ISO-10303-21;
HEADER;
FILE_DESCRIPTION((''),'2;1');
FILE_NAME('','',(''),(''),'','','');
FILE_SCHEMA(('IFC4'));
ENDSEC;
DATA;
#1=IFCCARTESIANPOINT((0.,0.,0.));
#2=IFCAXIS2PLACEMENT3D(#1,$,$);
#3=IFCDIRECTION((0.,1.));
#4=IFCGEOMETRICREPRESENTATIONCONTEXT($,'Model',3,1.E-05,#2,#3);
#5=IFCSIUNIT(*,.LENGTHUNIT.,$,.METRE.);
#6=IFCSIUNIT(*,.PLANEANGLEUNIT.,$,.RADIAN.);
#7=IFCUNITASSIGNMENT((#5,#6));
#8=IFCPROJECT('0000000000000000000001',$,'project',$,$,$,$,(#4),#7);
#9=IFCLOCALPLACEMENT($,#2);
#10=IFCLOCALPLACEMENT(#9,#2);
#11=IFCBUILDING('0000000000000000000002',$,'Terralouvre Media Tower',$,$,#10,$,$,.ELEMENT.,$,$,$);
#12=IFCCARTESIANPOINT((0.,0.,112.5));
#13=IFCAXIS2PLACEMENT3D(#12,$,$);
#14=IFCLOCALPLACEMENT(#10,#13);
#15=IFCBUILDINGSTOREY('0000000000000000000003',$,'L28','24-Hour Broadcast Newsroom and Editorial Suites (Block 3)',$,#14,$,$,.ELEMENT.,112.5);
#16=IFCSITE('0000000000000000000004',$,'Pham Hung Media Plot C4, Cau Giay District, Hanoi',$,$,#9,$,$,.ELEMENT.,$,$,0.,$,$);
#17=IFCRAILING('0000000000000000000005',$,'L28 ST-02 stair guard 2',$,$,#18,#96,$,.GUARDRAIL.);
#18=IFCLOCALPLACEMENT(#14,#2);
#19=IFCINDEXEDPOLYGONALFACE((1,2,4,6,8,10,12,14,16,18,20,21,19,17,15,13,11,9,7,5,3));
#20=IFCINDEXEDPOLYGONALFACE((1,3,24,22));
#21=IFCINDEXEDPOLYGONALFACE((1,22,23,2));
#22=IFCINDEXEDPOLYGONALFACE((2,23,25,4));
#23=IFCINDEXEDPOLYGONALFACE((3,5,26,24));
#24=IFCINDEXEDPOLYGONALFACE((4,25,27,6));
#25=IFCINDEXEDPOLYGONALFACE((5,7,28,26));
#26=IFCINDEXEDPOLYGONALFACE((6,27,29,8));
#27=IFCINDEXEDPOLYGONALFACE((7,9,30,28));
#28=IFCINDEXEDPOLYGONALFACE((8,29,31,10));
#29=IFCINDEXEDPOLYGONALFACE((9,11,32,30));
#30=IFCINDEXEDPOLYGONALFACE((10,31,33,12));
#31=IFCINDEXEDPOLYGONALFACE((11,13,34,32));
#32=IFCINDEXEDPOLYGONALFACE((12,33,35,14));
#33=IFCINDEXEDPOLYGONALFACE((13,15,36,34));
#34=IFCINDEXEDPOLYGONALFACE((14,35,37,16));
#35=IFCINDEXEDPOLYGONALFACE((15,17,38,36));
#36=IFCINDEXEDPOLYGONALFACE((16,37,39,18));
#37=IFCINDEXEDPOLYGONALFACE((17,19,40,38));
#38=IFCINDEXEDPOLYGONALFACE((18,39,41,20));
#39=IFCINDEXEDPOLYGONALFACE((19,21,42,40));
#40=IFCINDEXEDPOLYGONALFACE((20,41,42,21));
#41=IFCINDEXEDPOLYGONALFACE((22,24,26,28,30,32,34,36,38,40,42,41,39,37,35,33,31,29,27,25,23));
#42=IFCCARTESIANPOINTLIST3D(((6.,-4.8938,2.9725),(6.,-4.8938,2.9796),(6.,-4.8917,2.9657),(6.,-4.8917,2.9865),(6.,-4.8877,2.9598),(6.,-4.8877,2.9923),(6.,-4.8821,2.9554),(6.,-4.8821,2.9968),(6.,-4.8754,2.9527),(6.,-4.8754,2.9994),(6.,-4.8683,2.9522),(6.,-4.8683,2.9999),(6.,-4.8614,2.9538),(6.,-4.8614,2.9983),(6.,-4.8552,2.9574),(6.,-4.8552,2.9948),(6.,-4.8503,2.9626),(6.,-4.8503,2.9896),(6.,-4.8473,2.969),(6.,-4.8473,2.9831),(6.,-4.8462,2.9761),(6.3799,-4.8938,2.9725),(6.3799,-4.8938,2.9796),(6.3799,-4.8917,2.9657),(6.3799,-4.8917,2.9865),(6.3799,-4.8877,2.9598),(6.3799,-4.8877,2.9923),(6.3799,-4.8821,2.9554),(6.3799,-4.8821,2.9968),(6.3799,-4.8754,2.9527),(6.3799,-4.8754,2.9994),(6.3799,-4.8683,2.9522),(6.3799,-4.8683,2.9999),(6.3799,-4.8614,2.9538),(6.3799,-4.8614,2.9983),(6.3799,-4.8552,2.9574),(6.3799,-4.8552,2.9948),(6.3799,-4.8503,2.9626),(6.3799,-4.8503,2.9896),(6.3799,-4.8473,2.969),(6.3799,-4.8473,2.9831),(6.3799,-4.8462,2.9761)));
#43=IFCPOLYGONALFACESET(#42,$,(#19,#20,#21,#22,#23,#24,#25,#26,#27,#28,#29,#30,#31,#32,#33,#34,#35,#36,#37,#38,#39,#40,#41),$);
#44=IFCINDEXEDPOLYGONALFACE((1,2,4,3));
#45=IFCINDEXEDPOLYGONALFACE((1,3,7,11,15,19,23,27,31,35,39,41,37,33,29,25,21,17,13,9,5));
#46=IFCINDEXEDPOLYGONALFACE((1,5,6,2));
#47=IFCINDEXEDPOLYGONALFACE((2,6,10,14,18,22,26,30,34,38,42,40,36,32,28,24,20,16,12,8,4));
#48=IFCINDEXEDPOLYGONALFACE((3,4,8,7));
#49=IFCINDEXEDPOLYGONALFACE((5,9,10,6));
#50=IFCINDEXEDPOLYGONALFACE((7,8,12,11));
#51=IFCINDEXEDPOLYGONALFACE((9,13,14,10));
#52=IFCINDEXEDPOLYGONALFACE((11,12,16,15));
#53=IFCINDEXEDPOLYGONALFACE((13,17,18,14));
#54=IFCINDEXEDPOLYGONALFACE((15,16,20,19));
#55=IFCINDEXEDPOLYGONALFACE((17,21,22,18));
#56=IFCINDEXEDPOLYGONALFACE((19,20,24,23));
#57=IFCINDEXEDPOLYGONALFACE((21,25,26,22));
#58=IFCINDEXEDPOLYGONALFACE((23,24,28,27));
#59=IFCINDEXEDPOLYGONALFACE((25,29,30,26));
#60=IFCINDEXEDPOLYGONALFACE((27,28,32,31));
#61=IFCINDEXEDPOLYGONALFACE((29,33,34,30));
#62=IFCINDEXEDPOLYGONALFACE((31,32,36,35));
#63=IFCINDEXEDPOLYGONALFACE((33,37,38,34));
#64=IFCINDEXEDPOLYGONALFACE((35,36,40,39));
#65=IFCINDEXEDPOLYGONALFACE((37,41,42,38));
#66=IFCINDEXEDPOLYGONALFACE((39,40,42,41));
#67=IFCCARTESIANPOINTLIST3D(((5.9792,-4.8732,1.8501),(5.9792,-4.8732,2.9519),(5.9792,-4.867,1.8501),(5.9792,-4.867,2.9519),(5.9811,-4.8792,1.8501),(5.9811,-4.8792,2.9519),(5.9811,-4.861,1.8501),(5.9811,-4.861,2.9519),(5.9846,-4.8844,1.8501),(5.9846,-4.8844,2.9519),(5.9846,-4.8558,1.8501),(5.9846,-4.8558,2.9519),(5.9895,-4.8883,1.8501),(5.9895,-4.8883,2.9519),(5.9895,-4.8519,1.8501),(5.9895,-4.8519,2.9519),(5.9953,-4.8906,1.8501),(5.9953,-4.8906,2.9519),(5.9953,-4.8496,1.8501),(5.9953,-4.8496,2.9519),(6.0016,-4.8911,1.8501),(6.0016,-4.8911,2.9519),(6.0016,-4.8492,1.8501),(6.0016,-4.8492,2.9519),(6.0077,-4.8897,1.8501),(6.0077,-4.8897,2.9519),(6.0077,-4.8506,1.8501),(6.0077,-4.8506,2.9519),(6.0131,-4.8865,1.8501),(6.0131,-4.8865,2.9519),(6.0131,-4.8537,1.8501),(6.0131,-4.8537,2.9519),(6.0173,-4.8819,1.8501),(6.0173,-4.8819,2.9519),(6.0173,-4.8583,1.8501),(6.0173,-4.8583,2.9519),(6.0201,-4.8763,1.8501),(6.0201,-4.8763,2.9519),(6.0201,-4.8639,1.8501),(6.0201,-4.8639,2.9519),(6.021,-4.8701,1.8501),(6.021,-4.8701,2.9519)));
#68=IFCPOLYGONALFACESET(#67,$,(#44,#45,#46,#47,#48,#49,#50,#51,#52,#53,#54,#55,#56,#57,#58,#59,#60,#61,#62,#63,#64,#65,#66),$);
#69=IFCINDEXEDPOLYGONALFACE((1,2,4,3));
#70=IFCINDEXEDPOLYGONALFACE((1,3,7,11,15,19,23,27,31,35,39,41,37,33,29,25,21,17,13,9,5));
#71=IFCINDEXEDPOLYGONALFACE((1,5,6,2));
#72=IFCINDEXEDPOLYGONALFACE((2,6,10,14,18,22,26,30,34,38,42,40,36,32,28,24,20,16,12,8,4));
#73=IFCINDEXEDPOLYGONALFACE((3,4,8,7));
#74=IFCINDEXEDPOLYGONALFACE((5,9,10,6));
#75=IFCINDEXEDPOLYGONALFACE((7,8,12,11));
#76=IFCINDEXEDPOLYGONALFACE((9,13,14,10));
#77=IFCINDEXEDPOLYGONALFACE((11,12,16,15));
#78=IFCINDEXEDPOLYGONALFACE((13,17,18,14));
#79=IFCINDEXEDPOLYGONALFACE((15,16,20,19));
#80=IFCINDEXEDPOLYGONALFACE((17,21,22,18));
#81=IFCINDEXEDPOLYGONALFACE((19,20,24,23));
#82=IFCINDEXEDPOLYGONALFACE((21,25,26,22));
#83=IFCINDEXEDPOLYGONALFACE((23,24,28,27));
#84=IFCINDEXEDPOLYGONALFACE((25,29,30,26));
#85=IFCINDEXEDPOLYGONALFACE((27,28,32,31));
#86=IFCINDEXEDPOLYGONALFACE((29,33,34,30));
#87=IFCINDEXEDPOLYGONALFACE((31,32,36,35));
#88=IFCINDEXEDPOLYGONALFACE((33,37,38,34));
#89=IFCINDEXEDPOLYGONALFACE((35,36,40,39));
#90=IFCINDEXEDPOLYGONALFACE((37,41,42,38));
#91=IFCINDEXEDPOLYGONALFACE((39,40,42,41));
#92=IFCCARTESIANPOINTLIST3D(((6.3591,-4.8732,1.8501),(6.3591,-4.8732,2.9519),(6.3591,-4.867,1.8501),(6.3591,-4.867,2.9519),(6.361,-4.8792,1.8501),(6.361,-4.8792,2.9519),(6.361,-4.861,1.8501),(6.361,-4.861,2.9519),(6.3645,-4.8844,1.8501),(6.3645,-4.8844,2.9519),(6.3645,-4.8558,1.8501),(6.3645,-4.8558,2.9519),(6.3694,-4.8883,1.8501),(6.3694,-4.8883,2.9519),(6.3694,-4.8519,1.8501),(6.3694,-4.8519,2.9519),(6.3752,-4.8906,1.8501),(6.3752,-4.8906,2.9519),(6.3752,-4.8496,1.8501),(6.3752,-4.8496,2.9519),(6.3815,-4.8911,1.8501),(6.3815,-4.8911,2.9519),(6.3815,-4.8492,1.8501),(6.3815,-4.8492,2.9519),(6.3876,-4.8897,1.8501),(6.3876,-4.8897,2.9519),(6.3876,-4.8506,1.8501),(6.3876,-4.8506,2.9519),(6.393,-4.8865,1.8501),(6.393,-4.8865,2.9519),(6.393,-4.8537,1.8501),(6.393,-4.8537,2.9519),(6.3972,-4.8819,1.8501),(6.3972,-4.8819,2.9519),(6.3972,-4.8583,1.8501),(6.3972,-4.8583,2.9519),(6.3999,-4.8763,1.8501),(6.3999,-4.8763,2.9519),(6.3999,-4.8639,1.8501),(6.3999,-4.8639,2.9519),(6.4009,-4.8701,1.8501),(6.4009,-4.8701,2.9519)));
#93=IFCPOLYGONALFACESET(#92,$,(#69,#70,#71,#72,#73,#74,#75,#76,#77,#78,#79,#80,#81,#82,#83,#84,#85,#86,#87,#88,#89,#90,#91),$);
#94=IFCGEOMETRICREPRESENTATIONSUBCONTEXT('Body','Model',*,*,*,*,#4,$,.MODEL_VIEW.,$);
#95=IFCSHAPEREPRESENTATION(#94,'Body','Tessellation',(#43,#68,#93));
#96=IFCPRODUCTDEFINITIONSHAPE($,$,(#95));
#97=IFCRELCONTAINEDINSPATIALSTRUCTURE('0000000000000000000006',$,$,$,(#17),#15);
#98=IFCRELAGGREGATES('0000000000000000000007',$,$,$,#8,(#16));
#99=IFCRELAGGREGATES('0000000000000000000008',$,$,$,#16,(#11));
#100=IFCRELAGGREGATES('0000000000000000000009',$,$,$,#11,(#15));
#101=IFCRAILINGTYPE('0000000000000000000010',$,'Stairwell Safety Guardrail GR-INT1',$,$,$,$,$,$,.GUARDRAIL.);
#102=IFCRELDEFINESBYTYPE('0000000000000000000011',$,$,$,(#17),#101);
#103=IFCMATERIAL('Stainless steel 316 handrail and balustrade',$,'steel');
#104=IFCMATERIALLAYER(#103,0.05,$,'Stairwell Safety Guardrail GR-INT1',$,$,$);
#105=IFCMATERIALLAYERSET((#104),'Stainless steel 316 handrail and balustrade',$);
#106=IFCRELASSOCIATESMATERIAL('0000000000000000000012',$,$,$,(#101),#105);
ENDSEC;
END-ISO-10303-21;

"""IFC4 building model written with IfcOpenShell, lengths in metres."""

from ifc_helpers import new_model, si_unit, direction, frame, origin, origin_2d, place, context, subcontext, project, spatial, circle, extrude, material, layer, layer_set, type_object, element, save


model = new_model("IFC4")

# Units and contexts
model_context = context("Model", 3, precision=1e-05, world=origin(), true_north=direction((0.0, 1.0)))
body_context = subcontext(model_context, "Body", "Model", "MODEL_VIEW")
ifc_project = project(units=[si_unit("LENGTHUNIT", "METRE"), si_unit("PLANEANGLEUNIT", "RADIAN")], contexts=[model_context])

# Site, building, storey
site_placement = place(None, origin())
site = spatial("IfcSite", under=ifc_project, at=site_placement, Name="Pham Hung Media Plot C4, Cau Giay District, Hanoi", CompositionType="ELEMENT", RefElevation=0.0)
building_placement = place(site_placement, origin())
building = spatial("IfcBuilding", under=site, at=building_placement, Name="Terralouvre Media Tower", CompositionType="ELEMENT")
storey_placement = place(building_placement, frame((0.0, 0.0, 112.5)))
storey = spatial("IfcBuildingStorey", under=building, at=storey_placement, Name="L28", Description="24-Hour Broadcast Newsroom and Editorial Suites (Block 3)", CompositionType="ELEMENT", Elevation=112.5)

# Railing
ifc_material_1 = material(Name="Stainless steel 316 handrail and balustrade", Category="steel")
ifc_layer_1 = layer(ifc_material_1, 0.05, Name="Stairwell Safety Guardrail GR-INT1")
ifc_layer_set_1 = layer_set([ifc_layer_1], Name="Stainless steel 316 handrail and balustrade")
railing_type_1 = type_object("IfcRailingType", Name="Stairwell Safety Guardrail GR-INT1", PredefinedType="GUARDRAIL", material=ifc_layer_set_1)
railing_1_placement = place(storey_placement, frame((6.0, -4.8701, 1.8501)))
element("IfcRailing", 1, at=railing_1_placement, inside=storey, type_object=railing_type_1, Name="L28 ST-02 stair guard 2", PredefinedType="GUARDRAIL", context=body_context, shape_type="SweptSolid", body=[
    extrude(circle(Radius=0.0239, at=origin_2d()), frame((0.0, 0.0, 1.126), z_axis=(1.0, 0.0, 0.0), x_axis=(0.0, 1.0, 0.0)), (0.0, 0.0, 1.0), 0.3799),
    extrude(circle(Radius=0.021, at=origin_2d()), origin(), (0.0, 0.0, 1.0), 1.1018),
    extrude(circle(Radius=0.021, at=origin_2d()), frame((0.3799, 0.0, 0.0)), (0.0, 0.0, 1.0), 1.1018),
])

save(model, "model.ifc")
